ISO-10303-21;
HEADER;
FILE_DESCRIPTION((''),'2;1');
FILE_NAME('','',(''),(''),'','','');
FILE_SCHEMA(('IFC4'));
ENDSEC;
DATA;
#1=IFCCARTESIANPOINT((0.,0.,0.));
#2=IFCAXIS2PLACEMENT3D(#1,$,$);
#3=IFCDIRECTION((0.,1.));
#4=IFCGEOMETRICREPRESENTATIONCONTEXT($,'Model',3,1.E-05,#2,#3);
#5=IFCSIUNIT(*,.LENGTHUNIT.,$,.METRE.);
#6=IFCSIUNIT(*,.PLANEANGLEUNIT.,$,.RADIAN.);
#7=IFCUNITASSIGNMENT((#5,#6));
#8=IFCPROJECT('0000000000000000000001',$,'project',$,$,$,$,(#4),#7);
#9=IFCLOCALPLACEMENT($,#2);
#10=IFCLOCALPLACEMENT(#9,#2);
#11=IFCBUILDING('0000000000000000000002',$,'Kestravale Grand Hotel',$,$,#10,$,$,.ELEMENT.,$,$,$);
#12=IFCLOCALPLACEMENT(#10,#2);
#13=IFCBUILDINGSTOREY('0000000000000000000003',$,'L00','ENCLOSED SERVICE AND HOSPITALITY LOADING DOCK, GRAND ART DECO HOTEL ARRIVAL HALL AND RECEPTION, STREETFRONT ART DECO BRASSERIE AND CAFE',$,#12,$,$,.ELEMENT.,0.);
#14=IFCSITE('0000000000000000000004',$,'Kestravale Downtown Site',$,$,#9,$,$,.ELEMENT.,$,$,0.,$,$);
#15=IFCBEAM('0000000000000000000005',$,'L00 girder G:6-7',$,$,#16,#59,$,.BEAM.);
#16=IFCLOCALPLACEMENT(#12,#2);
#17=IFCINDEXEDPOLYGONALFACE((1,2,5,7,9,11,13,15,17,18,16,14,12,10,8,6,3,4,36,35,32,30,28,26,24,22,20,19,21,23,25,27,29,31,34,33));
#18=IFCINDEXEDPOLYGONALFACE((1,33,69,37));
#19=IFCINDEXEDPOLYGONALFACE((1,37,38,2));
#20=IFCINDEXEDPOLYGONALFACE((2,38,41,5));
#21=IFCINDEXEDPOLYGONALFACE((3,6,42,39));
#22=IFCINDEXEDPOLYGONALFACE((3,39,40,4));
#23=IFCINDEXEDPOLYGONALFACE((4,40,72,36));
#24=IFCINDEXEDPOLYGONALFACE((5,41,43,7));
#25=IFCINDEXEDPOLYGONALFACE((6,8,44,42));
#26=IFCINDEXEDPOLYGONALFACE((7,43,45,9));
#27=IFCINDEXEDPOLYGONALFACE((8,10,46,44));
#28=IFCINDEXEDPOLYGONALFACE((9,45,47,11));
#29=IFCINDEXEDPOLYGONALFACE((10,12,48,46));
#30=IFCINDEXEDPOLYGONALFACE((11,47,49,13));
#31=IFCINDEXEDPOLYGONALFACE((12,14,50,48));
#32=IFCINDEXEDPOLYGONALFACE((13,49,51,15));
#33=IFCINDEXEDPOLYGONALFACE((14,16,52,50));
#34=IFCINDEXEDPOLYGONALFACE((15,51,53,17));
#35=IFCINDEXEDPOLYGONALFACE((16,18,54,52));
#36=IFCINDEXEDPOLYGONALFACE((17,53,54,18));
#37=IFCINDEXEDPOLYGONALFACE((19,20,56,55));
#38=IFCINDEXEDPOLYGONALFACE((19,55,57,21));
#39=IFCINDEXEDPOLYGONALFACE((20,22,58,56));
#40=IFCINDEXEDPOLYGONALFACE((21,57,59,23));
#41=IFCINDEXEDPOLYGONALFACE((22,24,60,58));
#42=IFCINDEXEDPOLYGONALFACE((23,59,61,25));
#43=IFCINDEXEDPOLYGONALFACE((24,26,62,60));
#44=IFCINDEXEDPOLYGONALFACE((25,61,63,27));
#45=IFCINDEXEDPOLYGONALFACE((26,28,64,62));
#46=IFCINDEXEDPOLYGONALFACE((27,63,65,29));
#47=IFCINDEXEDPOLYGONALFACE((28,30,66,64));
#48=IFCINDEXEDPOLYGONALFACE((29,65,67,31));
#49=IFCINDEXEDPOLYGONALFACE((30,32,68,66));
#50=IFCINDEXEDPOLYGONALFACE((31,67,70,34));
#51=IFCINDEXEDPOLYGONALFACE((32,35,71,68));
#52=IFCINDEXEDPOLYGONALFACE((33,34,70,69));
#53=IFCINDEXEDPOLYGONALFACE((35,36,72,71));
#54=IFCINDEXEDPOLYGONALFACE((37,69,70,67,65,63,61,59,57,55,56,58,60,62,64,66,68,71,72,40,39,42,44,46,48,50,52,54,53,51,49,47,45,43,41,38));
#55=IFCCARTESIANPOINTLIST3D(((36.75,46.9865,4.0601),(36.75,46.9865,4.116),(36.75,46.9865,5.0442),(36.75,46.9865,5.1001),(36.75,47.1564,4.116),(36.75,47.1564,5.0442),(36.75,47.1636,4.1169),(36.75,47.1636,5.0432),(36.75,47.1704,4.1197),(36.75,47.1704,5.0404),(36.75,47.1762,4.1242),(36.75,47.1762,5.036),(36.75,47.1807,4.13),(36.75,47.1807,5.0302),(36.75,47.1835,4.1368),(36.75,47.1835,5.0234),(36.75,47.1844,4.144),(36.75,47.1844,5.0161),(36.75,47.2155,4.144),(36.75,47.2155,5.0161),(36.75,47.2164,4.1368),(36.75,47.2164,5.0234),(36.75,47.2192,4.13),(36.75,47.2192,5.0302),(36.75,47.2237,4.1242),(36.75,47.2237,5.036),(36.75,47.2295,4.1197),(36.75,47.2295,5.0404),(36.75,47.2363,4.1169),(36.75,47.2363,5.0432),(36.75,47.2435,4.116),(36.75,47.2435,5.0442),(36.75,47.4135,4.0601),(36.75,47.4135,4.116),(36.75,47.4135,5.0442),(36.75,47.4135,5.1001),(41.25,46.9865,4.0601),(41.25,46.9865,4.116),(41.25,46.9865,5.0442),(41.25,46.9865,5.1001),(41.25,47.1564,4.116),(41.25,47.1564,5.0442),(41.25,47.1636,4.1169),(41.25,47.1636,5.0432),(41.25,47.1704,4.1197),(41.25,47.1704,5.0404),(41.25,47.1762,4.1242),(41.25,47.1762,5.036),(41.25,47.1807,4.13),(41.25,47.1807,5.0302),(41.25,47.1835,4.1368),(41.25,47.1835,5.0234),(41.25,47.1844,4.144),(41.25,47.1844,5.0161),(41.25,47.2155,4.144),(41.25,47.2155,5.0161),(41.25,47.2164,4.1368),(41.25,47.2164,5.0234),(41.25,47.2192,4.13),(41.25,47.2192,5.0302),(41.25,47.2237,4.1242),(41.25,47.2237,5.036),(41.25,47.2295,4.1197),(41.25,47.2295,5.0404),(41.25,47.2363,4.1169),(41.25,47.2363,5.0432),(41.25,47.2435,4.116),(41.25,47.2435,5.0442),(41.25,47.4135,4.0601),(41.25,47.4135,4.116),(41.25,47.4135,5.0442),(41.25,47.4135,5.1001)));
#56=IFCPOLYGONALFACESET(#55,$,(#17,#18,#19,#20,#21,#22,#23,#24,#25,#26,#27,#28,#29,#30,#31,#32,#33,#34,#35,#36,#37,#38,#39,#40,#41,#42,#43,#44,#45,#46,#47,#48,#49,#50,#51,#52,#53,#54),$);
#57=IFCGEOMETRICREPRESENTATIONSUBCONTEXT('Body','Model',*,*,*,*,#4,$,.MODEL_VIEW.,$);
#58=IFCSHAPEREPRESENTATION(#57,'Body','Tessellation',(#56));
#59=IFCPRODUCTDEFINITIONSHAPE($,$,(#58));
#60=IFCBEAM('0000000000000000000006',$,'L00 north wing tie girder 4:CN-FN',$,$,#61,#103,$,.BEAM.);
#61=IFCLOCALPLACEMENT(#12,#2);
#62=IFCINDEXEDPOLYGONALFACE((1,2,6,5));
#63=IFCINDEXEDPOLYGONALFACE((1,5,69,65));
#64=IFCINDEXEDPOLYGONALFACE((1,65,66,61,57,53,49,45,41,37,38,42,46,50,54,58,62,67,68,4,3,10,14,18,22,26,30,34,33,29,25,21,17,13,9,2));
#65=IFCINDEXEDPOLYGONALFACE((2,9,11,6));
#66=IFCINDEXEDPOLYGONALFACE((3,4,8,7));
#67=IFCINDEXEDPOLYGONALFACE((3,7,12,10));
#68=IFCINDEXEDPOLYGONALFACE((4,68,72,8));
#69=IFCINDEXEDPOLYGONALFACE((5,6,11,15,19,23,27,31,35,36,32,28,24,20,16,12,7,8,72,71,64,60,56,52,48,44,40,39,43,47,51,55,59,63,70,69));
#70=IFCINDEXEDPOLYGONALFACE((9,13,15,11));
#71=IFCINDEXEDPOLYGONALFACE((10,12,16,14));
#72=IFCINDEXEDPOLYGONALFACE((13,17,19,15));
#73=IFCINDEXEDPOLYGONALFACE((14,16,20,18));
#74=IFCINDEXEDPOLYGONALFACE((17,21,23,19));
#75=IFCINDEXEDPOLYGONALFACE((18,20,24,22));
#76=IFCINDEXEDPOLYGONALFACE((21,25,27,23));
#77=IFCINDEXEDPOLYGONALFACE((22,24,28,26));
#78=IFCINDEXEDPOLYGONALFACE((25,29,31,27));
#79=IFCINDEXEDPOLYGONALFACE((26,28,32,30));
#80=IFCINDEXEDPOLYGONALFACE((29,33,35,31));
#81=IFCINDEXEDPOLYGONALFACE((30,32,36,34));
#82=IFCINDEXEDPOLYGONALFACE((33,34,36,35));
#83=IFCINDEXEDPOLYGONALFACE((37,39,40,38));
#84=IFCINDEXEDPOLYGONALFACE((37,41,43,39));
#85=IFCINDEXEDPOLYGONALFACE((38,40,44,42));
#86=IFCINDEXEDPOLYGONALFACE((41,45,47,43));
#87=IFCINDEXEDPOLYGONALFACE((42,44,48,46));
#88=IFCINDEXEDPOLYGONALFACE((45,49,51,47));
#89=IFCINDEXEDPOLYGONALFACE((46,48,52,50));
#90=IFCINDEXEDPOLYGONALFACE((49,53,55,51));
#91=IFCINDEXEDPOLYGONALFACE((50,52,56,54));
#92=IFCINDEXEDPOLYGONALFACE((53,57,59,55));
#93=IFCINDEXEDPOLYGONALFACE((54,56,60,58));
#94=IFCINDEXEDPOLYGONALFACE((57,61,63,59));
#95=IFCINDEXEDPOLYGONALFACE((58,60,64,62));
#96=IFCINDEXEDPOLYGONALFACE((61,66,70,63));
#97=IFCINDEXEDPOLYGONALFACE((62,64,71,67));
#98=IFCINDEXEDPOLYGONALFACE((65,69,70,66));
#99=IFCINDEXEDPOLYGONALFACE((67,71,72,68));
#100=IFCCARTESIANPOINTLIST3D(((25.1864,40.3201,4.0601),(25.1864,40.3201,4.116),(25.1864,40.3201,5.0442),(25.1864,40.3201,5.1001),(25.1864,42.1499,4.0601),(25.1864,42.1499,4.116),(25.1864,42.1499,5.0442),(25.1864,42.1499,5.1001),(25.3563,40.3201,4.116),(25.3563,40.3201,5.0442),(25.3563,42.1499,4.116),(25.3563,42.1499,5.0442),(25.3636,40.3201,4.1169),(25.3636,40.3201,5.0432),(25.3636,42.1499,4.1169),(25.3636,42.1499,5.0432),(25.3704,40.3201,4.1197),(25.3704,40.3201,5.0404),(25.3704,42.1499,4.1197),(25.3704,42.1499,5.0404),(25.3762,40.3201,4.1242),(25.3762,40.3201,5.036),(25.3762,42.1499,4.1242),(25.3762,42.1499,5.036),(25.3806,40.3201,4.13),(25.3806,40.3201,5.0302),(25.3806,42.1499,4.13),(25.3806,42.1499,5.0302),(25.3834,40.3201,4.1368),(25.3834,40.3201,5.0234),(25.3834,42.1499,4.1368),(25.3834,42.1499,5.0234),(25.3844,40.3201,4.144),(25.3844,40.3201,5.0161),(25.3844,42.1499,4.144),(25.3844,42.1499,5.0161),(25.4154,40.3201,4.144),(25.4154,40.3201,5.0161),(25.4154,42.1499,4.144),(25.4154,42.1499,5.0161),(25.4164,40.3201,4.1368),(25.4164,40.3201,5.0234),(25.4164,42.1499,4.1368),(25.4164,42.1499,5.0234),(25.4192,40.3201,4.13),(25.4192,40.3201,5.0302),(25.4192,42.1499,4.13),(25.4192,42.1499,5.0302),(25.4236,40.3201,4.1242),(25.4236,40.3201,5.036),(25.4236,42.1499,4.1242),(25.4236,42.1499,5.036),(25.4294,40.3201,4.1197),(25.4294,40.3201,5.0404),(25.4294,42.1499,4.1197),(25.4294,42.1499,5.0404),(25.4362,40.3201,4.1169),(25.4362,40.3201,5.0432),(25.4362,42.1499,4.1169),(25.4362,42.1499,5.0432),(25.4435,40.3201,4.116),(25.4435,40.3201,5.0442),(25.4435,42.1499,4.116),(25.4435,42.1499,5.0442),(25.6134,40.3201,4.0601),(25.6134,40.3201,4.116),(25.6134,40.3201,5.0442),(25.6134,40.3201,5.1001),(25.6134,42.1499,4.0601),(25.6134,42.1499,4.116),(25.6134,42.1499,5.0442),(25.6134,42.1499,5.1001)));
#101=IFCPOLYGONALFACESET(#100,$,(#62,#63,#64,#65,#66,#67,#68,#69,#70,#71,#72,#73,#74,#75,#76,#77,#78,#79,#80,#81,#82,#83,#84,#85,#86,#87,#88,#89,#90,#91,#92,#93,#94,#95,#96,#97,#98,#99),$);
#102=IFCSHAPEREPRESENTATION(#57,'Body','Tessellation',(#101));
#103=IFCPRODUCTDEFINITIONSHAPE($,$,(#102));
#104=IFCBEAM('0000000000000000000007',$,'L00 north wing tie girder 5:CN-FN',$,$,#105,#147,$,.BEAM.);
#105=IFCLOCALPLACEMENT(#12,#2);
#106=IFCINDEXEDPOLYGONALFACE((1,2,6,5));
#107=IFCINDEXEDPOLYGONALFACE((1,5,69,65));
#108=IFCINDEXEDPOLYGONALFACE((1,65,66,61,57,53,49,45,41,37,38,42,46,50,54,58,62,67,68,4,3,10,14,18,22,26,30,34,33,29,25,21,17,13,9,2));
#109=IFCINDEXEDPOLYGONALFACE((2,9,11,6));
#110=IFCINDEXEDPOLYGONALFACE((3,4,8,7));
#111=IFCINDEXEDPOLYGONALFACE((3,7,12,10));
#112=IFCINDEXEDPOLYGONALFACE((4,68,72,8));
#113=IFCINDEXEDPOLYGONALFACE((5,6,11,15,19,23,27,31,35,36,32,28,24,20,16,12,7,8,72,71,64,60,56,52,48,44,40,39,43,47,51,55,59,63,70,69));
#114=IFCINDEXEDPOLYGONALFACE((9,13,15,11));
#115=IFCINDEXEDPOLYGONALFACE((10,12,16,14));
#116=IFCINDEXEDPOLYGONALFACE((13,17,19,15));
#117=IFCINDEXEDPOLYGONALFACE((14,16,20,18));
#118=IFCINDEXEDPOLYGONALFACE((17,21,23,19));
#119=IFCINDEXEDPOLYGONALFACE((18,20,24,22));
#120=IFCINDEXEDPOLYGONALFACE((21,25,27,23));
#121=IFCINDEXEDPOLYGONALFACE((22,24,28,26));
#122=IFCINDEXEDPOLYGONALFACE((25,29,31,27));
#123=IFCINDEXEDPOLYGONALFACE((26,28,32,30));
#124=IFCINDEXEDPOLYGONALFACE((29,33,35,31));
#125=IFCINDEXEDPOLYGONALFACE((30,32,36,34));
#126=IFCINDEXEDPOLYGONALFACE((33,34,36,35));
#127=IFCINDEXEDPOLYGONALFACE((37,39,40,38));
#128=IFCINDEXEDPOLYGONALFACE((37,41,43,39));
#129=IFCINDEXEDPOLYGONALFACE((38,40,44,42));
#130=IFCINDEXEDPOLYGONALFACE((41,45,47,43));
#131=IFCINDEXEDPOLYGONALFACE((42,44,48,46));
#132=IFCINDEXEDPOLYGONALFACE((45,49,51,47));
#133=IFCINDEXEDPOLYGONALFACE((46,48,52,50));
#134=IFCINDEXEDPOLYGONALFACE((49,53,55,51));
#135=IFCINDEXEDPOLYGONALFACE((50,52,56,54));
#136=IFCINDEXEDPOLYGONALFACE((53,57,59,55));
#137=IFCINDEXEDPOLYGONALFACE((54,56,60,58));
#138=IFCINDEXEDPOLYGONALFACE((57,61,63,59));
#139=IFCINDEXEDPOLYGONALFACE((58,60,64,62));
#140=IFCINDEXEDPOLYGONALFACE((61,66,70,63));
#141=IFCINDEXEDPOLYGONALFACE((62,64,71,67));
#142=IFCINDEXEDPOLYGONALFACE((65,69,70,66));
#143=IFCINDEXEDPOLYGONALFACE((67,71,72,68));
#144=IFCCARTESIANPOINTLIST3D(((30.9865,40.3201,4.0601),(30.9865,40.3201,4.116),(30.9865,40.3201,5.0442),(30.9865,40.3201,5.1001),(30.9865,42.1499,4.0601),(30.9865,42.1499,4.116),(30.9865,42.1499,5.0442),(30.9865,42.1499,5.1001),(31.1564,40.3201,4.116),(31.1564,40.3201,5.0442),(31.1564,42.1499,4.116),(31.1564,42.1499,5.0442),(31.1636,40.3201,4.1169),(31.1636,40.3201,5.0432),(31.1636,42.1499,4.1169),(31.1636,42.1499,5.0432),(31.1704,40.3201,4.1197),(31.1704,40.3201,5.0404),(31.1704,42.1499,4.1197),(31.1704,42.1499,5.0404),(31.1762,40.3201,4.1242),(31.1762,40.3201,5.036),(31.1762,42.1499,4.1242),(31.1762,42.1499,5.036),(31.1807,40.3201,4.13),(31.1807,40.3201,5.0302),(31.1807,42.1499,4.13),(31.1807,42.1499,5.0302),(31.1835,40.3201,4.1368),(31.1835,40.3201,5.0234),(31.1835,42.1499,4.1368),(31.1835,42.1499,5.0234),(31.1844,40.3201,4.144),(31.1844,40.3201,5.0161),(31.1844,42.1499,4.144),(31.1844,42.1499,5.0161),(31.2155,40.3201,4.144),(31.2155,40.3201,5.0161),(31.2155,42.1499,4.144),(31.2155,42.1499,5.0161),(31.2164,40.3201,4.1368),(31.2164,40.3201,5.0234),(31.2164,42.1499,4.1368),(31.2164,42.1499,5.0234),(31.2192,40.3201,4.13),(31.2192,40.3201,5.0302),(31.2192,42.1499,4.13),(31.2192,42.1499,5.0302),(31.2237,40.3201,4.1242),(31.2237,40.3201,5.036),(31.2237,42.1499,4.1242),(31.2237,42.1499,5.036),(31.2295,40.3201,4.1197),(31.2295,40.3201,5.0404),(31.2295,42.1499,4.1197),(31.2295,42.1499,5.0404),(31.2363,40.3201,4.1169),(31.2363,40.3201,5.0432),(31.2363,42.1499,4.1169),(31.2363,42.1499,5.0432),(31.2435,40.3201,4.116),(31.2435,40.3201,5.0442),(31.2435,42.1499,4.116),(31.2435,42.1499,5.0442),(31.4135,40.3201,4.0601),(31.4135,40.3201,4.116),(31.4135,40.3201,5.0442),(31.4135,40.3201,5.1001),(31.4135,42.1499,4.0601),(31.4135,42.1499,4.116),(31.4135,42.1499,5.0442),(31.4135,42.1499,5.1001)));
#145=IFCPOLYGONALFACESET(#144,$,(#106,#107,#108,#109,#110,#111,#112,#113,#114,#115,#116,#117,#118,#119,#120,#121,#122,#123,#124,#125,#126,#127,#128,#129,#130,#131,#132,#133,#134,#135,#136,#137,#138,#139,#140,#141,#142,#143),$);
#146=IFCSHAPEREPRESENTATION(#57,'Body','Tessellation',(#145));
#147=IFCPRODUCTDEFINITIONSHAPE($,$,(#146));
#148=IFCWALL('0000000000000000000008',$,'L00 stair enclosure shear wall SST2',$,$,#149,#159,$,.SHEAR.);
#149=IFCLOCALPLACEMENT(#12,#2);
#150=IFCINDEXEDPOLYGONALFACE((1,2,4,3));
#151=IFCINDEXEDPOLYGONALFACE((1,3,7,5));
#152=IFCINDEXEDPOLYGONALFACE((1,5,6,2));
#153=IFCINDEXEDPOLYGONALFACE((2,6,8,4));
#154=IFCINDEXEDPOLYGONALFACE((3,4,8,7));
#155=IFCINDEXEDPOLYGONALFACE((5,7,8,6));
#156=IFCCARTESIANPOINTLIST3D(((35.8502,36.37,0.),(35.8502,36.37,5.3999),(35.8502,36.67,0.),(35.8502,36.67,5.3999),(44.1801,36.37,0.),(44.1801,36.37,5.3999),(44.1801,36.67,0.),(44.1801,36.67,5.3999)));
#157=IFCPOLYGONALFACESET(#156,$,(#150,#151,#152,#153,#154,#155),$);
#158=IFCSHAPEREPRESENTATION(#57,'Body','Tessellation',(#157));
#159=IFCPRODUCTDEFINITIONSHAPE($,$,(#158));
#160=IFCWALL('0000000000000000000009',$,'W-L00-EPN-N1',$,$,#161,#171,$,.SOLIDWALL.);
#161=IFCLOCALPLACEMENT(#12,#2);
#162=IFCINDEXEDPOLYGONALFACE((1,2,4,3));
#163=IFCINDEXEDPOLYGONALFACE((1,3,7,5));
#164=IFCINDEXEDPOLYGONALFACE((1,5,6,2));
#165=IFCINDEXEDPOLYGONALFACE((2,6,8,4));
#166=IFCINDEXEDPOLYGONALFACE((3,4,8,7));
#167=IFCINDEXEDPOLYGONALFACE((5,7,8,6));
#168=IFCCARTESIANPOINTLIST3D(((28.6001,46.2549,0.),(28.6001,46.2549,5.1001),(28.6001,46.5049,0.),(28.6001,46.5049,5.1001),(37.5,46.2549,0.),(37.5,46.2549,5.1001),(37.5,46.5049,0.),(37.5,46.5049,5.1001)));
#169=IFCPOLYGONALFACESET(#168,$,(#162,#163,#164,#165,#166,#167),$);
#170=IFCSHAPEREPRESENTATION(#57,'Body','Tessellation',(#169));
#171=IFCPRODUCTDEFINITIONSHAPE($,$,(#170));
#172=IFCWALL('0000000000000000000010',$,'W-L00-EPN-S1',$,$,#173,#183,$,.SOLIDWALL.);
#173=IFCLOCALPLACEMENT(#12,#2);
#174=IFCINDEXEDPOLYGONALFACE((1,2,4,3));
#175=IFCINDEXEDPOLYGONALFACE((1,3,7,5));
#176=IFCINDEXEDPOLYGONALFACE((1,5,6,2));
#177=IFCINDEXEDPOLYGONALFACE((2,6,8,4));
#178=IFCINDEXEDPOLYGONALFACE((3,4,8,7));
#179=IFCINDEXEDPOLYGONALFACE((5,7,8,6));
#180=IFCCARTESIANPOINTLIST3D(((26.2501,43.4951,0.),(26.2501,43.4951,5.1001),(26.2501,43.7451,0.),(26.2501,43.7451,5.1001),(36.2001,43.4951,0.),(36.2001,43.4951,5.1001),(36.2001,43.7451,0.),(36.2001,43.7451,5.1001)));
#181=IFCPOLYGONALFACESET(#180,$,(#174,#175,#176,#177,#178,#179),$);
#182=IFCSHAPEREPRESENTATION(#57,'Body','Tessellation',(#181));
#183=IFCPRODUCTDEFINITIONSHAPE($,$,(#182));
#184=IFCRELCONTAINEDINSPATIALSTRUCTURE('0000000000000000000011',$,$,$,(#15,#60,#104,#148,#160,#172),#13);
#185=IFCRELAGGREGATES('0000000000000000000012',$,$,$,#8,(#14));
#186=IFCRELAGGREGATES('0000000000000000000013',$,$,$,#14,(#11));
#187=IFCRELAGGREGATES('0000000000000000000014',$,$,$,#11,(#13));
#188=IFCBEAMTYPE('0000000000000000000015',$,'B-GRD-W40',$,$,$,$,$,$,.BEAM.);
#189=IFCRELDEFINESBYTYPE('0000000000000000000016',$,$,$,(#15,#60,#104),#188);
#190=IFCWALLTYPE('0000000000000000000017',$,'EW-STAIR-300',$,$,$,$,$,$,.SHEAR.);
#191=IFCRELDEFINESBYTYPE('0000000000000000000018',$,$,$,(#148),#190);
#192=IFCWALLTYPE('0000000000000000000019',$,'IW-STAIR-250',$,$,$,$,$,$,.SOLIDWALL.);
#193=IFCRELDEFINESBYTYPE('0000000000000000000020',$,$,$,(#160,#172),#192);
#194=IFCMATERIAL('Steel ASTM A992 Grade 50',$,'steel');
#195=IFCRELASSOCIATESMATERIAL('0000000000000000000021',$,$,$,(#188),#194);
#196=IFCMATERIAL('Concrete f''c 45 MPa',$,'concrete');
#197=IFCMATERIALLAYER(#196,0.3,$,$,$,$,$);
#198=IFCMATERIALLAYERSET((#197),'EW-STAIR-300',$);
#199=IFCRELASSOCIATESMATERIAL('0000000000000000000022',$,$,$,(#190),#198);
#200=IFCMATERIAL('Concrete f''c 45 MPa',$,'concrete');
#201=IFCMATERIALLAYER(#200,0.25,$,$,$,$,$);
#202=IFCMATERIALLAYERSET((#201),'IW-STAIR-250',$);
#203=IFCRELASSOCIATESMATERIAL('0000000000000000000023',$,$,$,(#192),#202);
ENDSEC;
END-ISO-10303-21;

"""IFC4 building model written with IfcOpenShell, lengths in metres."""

from ifc_helpers import new_model, si_unit, direction, frame, frame_2d, origin, origin_2d, place, context, subcontext, project, spatial, rectangle, i_section, extrude, material, layer, layer_set, material_profile, profile_set, type_object, element, save


model = new_model("IFC4")

# Units and contexts
model_context = context("Model", 3, precision=1e-05, world=origin(), true_north=direction((0.0, 1.0)))
body_context = subcontext(model_context, "Body", "Model", "MODEL_VIEW")
ifc_project = project(units=[si_unit("LENGTHUNIT", "METRE"), si_unit("PLANEANGLEUNIT", "RADIAN")], contexts=[model_context])

# Site, building, storey
site_placement = place(None, origin())
site = spatial("IfcSite", under=ifc_project, at=site_placement, Name="Kestravale Downtown Site", CompositionType="ELEMENT", RefElevation=0.0)
building_placement = place(site_placement, origin())
building = spatial("IfcBuilding", under=site, at=building_placement, Name="Kestravale Grand Hotel", CompositionType="ELEMENT")
storey_placement = place(building_placement, origin())
storey = spatial("IfcBuildingStorey", under=building, at=storey_placement, Name="L00", Description="ENCLOSED SERVICE AND HOSPITALITY LOADING DOCK, GRAND ART DECO HOTEL ARRIVAL HALL AND RECEPTION, STREETFRONT ART DECO BRASSERIE AND CAFE", CompositionType="ELEMENT", Elevation=0.0)

# Beams
ifc_material_1 = material(Name="Steel ASTM A992 Grade 50", Category="steel")
ifc_material_profile_1 = material_profile(ifc_material_1, i_section(OverallWidth=0.427, OverallDepth=1.04, WebThickness=0.031, FlangeThickness=0.0559, FilletRadius=0.0281, at=origin_2d()))
ifc_profile_set_1 = profile_set([ifc_material_profile_1], Name="Steel ASTM A992 Grade 50")
beam_type_1 = type_object("IfcBeamType", Name="B-GRD-W40", PredefinedType="BEAM", material=ifc_profile_set_1)
beam_1_placement = place(storey_placement, frame((36.75, 47.2, 4.5801), z_axis=(1.0, 0.0, 0.0), x_axis=(0.0, 1.0, 0.0)))
element("IfcBeam", 1, at=beam_1_placement, inside=storey, type_object=beam_type_1, Name="L00 girder G:6-7", PredefinedType="BEAM", context=body_context, shape_type="SweptSolid", body=[
    extrude(i_section(OverallWidth=0.427, OverallDepth=1.04, WebThickness=0.031, FlangeThickness=0.0559, FilletRadius=0.0281, at=origin_2d()), origin(), (0.0, 0.0, 1.0), 4.5),
])
for number, where, z_axis, x_axis, name in (
    (2, (25.3999, 40.3201, 4.5801), (0.0, 1.0, 0.0), (-1.0, 0.0, 0.0), "L00 north wing tie girder 4:CN-FN"),
    (3, (31.2, 40.3201, 4.5801), (0.0, 1.0, 0.0), (-1.0, 0.0, 0.0), "L00 north wing tie girder 5:CN-FN"),
):
    element("IfcBeam", number, at=place(storey_placement, frame(where, z_axis=z_axis, x_axis=x_axis)), inside=storey, type_object=beam_type_1, Name=name, PredefinedType="BEAM", context=body_context, shape_type="SweptSolid", body=[
        extrude(i_section(OverallWidth=0.427, OverallDepth=1.04, WebThickness=0.031, FlangeThickness=0.0559, FilletRadius=0.0281, at=origin_2d()), origin(), (0.0, 0.0, 1.0), 1.8298),
    ])

# Wall
ifc_material_2 = material(Name="Concrete f'c 45 MPa", Category="concrete")
ifc_layer_1 = layer(ifc_material_2, 0.3)
ifc_layer_set_1 = layer_set([ifc_layer_1], Name="EW-STAIR-300")
wall_type_1 = type_object("IfcWallType", Name="EW-STAIR-300", PredefinedType="SHEAR", material=ifc_layer_set_1)
wall_1_placement = place(storey_placement, frame((35.8501, 36.52, 0.0), z_axis=(0.0, 0.0, 1.0), x_axis=(1.0, 0.0, 0.0)))
element("IfcWall", 4, at=wall_1_placement, inside=storey, type_object=wall_type_1, Name="L00 stair enclosure shear wall SST2", PredefinedType="SHEAR", context=body_context, shape_type="SweptSolid", body=[
    extrude(rectangle(XDim=8.3298, YDim=0.3, at=frame_2d((4.165, 0.0))), origin(), (0.0, 0.0, 1.0), 5.3999),
])

# Walls
ifc_material_3 = material(Name="Concrete f'c 45 MPa", Category="concrete")
ifc_layer_2 = layer(ifc_material_3, 0.25)
ifc_layer_set_2 = layer_set([ifc_layer_2], Name="IW-STAIR-250")
wall_type_2 = type_object("IfcWallType", Name="IW-STAIR-250", PredefinedType="SOLIDWALL", material=ifc_layer_set_2)
wall_2_placement = place(storey_placement, frame((28.6001, 46.3799, 0.0), z_axis=(0.0, 0.0, 1.0), x_axis=(1.0, 0.0, 0.0)))
element("IfcWall", 5, at=wall_2_placement, inside=storey, type_object=wall_type_2, Name="W-L00-EPN-N1", PredefinedType="SOLIDWALL", context=body_context, shape_type="SweptSolid", body=[
    extrude(rectangle(XDim=8.8999, YDim=0.25, at=frame_2d((4.45, 0.0))), origin(), (0.0, 0.0, 1.0), 5.1001),
])
wall_3_placement = place(storey_placement, frame((26.25, 43.6201, 0.0), z_axis=(0.0, 0.0, 1.0), x_axis=(1.0, 0.0, 0.0)))
element("IfcWall", 6, at=wall_3_placement, inside=storey, type_object=wall_type_2, Name="W-L00-EPN-S1", PredefinedType="SOLIDWALL", context=body_context, shape_type="SweptSolid", body=[
    extrude(rectangle(XDim=9.95, YDim=0.25, at=frame_2d((4.9751, 0.0))), origin(), (0.0, 0.0, 1.0), 5.1001),
])

save(model, "model.ifc")
